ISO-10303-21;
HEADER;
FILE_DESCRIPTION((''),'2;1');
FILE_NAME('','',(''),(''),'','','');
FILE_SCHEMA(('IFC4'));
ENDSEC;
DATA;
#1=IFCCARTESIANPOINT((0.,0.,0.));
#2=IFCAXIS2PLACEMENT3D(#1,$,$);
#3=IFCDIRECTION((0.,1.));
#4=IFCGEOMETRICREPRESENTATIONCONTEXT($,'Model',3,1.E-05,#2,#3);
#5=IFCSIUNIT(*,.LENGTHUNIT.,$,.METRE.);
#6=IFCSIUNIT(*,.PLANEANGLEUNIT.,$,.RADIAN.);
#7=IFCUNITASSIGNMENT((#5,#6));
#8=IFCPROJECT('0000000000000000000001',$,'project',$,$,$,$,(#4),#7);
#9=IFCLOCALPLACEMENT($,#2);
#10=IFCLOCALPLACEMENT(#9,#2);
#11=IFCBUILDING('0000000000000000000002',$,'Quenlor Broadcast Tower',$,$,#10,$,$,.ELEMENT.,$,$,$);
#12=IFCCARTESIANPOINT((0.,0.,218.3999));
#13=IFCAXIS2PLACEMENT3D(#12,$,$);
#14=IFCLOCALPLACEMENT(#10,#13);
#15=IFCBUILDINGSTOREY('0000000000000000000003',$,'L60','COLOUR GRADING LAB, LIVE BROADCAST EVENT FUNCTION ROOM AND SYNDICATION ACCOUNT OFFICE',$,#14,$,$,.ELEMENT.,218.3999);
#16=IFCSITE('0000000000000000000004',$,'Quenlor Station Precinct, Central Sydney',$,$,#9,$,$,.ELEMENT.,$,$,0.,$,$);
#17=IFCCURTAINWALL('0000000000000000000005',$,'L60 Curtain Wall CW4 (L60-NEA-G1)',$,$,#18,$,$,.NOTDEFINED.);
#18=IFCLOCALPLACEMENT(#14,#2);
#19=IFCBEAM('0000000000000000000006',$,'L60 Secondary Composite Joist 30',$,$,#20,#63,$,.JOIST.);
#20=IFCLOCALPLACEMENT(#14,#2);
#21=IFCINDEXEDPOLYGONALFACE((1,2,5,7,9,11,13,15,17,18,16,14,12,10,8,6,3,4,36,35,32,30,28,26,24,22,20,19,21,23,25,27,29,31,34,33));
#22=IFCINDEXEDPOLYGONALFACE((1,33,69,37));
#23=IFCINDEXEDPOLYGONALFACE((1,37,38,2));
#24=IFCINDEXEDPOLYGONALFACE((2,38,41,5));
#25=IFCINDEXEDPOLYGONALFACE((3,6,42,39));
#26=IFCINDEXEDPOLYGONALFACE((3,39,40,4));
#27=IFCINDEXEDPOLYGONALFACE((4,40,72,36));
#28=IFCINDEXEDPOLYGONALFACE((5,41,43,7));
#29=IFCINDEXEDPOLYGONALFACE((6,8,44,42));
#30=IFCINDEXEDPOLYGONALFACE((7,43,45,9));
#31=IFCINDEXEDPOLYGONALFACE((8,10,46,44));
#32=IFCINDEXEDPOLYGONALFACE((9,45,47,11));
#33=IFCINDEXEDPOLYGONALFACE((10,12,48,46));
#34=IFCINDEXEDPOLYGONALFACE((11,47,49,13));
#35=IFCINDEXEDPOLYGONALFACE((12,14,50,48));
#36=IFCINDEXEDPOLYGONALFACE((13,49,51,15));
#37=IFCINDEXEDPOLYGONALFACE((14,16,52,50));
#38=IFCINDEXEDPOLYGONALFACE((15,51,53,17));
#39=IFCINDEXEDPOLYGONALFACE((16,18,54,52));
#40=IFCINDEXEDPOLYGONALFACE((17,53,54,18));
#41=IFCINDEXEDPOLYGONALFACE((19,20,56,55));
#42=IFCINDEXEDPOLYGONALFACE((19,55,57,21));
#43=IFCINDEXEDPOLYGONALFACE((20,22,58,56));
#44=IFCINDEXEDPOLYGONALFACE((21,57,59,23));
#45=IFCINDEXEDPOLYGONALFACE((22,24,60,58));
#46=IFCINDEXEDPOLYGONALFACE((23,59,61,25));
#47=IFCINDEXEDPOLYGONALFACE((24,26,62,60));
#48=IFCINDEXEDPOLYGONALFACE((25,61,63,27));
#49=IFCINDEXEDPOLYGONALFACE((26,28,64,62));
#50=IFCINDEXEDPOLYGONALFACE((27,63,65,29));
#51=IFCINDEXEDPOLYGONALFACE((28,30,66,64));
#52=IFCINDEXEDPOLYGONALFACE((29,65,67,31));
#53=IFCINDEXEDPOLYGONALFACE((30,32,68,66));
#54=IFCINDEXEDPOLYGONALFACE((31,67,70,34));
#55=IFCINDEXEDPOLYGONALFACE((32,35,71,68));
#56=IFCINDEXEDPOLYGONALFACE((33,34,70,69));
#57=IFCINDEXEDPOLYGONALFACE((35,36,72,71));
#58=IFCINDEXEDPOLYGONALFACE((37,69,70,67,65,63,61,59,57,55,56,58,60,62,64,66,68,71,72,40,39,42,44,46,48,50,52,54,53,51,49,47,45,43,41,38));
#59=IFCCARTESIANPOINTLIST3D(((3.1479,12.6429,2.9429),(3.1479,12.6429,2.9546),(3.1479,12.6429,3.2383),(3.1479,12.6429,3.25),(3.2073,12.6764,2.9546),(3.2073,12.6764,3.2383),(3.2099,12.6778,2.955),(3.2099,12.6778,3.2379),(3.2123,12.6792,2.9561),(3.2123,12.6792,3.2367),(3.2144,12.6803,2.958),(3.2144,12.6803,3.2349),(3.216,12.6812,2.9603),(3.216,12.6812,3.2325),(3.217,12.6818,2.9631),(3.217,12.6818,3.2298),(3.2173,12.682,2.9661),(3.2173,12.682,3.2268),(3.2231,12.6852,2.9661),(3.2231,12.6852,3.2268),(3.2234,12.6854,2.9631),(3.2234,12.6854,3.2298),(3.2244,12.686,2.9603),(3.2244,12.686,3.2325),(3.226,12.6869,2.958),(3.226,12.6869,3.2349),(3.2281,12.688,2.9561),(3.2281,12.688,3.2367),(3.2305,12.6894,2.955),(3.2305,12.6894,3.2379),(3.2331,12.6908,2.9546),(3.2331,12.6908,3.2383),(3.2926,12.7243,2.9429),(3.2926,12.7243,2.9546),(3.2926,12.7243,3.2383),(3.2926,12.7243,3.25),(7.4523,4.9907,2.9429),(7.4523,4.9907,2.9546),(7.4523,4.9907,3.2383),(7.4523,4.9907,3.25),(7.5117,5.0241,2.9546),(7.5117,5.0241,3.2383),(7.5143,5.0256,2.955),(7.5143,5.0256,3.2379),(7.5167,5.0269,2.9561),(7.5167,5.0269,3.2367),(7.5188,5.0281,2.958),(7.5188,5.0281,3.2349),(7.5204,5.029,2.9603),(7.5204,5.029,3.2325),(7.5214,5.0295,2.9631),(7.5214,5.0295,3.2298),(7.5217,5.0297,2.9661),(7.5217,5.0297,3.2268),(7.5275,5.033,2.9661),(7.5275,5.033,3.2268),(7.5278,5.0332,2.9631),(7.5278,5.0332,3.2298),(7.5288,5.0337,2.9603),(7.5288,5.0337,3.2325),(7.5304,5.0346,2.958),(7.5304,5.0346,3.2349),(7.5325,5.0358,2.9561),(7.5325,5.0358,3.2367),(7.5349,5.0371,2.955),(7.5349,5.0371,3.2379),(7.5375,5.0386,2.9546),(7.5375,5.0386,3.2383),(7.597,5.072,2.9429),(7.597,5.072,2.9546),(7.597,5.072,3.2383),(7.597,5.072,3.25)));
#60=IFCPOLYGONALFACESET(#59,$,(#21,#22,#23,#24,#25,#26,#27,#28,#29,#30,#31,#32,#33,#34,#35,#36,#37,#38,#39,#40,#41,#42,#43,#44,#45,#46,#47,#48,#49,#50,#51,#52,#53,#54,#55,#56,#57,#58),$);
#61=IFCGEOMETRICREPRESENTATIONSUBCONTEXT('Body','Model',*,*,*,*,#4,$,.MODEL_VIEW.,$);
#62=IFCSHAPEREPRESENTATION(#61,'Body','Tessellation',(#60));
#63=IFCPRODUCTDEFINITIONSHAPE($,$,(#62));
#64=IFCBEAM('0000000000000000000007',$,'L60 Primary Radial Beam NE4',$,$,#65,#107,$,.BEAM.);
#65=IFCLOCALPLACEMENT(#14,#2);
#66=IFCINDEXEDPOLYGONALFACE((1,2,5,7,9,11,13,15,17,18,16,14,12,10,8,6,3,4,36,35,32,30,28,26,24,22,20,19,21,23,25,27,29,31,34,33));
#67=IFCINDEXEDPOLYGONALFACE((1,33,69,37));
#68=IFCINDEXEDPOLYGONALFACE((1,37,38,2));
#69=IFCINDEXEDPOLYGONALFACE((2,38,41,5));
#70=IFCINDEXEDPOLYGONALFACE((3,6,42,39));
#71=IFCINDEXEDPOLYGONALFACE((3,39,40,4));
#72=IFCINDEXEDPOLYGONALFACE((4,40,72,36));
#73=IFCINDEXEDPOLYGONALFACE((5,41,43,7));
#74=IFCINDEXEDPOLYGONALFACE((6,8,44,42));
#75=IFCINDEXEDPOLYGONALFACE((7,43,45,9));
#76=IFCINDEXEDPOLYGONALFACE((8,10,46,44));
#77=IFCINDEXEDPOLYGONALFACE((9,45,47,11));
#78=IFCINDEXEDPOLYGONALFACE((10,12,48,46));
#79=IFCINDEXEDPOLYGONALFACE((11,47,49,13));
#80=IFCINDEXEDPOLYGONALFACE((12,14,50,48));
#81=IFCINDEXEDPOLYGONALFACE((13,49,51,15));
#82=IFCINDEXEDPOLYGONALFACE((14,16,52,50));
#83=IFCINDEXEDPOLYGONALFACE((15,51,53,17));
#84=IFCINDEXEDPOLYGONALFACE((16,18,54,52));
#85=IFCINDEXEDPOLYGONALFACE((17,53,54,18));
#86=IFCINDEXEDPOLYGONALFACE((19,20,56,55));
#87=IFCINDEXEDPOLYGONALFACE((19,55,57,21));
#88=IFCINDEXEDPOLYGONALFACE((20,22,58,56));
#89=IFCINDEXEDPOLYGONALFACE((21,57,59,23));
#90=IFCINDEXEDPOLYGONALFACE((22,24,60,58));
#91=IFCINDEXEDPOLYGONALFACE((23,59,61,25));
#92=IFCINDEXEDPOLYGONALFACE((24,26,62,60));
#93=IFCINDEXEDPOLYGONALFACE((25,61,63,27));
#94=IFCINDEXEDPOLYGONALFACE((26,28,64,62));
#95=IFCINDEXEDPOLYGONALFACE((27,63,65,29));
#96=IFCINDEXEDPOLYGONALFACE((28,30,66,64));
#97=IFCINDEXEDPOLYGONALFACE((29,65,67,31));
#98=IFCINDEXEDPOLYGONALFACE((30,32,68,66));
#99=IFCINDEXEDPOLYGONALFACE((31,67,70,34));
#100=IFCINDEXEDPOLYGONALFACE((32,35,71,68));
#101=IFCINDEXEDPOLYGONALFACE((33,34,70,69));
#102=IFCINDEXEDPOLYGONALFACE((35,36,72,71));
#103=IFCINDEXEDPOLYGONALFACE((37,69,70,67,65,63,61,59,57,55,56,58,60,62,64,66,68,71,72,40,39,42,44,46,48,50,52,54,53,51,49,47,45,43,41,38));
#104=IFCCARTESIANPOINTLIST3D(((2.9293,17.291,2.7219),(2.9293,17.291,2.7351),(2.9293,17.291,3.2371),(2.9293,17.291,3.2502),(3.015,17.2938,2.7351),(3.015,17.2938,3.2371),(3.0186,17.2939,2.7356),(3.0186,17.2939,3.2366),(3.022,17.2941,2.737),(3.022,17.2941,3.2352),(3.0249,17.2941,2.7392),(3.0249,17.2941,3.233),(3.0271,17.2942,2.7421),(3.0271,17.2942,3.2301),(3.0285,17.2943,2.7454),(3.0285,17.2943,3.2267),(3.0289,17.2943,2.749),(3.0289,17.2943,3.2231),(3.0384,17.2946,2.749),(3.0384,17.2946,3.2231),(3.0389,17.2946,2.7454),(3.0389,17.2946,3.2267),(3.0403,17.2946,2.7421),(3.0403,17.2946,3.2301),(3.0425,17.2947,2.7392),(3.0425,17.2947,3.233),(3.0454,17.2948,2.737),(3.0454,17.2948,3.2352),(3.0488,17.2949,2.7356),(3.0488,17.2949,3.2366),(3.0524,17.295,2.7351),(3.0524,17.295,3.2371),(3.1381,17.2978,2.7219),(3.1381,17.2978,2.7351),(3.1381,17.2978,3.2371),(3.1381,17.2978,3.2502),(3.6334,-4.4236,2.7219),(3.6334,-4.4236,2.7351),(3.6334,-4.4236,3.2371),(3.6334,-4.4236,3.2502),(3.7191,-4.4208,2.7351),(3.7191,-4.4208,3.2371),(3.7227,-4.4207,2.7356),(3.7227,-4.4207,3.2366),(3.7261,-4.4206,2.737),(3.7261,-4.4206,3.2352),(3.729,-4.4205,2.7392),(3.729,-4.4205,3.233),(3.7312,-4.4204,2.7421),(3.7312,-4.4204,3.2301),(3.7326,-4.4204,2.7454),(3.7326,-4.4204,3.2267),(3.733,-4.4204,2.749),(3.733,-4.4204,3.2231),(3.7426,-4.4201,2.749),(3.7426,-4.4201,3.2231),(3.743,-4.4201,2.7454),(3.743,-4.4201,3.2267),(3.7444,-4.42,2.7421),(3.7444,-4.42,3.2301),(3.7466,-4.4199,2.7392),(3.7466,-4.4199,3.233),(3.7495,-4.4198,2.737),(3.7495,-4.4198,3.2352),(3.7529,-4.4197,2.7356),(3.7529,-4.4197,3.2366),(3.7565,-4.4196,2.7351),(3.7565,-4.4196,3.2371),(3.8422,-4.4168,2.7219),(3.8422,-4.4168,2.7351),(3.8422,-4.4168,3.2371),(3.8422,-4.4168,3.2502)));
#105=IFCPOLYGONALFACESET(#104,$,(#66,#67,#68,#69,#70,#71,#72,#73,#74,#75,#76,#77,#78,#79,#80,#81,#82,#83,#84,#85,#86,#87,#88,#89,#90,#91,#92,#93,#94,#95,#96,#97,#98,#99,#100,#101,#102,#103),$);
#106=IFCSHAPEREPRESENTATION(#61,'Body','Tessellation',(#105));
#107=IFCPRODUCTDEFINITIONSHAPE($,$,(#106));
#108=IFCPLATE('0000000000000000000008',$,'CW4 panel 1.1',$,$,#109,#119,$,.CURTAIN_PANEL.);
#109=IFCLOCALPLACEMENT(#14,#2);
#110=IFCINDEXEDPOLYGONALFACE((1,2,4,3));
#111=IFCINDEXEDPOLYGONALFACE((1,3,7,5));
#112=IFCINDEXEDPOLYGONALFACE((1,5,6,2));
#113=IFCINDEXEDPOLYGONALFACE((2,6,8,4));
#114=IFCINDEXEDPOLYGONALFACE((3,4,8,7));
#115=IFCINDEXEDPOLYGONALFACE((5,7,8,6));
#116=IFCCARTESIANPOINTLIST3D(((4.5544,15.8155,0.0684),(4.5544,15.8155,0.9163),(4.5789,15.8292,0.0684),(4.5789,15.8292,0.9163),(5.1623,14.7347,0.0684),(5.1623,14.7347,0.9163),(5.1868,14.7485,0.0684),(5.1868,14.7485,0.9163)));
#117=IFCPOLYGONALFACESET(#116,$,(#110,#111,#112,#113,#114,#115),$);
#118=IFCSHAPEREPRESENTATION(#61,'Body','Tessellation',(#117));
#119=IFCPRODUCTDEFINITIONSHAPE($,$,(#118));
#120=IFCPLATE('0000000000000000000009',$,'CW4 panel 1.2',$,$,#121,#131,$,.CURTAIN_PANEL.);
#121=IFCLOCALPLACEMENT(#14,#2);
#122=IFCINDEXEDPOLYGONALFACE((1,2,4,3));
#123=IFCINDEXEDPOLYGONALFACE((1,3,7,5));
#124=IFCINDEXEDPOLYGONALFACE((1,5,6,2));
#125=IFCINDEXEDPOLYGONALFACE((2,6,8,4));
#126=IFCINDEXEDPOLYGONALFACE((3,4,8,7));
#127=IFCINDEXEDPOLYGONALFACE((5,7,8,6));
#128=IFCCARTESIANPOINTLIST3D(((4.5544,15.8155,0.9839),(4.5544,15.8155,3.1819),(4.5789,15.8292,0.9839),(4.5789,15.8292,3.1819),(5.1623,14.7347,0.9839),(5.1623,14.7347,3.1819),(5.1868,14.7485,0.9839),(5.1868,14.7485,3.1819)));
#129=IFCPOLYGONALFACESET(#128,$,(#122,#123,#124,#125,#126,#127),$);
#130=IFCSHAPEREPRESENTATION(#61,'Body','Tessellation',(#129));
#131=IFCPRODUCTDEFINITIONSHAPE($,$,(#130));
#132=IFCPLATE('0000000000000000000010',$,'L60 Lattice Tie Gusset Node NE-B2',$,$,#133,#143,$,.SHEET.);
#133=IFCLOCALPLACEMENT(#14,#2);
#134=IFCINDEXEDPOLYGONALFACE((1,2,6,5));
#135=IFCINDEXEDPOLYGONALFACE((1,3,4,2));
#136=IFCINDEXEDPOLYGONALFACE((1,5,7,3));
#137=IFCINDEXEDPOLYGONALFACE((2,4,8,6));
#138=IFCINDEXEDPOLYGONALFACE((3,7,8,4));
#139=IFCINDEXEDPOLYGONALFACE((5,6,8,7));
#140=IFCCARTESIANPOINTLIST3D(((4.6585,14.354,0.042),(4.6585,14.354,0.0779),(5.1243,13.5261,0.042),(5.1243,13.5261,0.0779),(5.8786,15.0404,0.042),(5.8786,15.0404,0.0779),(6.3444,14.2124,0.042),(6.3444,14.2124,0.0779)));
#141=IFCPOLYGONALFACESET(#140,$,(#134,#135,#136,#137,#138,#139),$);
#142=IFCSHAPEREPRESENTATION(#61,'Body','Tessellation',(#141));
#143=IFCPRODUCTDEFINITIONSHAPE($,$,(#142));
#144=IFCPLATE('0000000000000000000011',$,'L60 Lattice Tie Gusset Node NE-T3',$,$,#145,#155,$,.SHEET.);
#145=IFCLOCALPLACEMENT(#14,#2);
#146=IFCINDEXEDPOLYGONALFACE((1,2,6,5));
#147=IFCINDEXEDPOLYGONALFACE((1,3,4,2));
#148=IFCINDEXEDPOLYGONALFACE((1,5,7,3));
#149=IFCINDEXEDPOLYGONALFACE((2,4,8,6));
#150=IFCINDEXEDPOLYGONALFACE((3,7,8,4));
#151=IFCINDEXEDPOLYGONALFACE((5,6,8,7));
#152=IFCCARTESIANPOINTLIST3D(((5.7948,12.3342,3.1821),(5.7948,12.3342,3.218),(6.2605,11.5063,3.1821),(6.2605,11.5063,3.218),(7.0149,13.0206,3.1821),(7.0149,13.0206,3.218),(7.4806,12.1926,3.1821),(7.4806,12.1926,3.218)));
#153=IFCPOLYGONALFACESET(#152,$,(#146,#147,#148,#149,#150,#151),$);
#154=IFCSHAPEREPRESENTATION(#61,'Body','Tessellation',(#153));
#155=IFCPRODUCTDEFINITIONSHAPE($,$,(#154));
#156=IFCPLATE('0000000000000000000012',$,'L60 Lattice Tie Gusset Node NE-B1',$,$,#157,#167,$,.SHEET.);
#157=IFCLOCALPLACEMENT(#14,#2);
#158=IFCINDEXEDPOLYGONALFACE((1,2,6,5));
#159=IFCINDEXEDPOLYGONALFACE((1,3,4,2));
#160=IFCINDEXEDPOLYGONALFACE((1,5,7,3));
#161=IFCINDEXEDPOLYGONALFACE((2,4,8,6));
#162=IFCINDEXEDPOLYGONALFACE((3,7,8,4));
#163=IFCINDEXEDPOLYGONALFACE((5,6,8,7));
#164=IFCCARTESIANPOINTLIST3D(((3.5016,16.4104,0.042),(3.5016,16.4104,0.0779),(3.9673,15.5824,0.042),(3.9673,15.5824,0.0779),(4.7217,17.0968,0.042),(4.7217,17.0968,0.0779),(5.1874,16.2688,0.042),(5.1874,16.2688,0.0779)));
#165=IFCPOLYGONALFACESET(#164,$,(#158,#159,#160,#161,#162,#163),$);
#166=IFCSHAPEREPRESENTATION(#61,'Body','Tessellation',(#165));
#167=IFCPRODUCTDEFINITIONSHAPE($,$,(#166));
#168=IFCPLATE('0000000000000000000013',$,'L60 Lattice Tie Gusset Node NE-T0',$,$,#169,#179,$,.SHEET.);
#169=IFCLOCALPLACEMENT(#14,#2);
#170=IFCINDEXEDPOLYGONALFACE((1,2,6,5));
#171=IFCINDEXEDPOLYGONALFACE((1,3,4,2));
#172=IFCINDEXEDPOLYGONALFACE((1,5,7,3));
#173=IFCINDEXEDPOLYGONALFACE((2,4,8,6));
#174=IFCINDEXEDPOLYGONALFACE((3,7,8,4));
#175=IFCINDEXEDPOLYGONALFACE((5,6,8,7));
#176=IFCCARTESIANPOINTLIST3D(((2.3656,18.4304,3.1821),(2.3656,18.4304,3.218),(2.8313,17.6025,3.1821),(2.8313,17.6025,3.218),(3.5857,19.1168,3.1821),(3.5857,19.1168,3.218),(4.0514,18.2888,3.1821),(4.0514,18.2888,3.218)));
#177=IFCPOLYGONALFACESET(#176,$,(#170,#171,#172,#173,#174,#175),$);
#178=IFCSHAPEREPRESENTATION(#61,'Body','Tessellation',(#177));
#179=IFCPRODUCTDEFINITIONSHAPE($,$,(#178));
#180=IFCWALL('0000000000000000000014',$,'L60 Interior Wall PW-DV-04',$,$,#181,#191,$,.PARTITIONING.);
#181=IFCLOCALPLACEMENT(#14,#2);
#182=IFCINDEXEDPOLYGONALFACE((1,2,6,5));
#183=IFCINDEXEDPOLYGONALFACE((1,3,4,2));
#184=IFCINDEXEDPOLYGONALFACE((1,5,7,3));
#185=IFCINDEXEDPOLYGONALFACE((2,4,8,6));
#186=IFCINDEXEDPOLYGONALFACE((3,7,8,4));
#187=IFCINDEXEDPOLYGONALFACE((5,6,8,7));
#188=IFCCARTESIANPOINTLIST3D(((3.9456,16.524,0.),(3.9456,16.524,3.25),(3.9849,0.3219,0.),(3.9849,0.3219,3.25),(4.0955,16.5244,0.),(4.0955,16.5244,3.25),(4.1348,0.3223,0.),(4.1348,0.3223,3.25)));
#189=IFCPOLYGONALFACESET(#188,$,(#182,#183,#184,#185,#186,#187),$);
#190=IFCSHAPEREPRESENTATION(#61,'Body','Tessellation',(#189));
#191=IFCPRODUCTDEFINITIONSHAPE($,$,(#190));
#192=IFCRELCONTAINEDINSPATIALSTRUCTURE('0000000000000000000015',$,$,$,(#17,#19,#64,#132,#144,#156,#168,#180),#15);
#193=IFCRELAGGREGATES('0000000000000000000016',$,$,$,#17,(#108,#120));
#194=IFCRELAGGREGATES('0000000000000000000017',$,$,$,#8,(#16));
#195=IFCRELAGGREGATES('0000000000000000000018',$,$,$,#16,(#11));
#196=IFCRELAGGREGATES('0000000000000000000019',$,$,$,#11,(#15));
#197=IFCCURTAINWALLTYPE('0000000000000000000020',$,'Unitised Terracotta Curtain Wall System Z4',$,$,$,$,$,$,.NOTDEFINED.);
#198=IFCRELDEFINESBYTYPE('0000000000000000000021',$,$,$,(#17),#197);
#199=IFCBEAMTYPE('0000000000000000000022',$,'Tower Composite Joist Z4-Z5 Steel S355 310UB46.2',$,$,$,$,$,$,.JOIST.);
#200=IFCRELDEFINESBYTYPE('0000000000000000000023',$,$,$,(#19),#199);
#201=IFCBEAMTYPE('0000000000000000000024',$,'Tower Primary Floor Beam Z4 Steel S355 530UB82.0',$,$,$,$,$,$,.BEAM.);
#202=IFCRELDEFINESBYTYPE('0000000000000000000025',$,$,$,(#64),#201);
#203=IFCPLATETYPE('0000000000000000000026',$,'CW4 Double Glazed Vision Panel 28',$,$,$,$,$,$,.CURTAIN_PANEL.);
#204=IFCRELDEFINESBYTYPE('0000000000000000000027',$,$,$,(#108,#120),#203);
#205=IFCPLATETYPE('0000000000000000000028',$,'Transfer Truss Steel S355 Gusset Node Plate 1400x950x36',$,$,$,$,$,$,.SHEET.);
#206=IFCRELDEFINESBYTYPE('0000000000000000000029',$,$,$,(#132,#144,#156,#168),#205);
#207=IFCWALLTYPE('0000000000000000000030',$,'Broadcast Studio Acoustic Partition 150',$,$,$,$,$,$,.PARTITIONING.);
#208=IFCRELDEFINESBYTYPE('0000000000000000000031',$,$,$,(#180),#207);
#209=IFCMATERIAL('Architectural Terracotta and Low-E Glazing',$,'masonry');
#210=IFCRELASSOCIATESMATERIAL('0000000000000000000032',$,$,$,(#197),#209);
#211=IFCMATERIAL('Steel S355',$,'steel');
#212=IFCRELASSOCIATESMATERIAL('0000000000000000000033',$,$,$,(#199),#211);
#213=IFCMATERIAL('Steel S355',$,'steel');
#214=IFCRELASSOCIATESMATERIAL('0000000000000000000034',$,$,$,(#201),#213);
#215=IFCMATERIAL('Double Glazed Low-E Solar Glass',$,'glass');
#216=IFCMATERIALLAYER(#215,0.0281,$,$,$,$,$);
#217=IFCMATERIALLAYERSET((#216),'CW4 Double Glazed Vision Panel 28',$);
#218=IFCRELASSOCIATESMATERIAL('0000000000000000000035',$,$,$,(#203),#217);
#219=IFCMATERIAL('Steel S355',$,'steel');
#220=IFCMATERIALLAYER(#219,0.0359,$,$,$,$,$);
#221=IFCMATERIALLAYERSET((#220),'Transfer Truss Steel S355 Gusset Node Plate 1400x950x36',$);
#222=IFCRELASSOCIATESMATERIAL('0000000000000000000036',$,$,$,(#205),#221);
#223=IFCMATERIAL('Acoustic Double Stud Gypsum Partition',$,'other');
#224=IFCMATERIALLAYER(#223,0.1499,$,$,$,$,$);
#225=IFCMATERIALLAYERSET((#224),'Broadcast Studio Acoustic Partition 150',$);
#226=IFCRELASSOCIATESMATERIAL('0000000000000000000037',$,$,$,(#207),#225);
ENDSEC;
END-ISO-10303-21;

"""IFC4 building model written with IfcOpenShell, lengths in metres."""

from ifc_helpers import new_model, si_unit, direction, frame, frame_2d, origin, origin_2d, place, context, subcontext, project, spatial, rectangle, i_section, extrude, material, layer, layer_set, material_profile, profile_set, type_object, element, aggregate, save


model = new_model("IFC4")

# Units and contexts
model_context = context("Model", 3, precision=1e-05, world=origin(), true_north=direction((0.0, 1.0)))
body_context = subcontext(model_context, "Body", "Model", "MODEL_VIEW")
ifc_project = project(units=[si_unit("LENGTHUNIT", "METRE"), si_unit("PLANEANGLEUNIT", "RADIAN")], contexts=[model_context])

# Site, building, storey
site_placement = place(None, origin())
site = spatial("IfcSite", under=ifc_project, at=site_placement, Name="Quenlor Station Precinct, Central Sydney", CompositionType="ELEMENT", RefElevation=0.0)
building_placement = place(site_placement, origin())
building = spatial("IfcBuilding", under=site, at=building_placement, Name="Quenlor Broadcast Tower", CompositionType="ELEMENT")
storey_placement = place(building_placement, frame((0.0, 0.0, 218.3999)))
storey = spatial("IfcBuildingStorey", under=building, at=storey_placement, Name="L60", Description="COLOUR GRADING LAB, LIVE BROADCAST EVENT FUNCTION ROOM AND SYNDICATION ACCOUNT OFFICE", CompositionType="ELEMENT", Elevation=218.3999)

# Curtain wall
ifc_material_1 = material(Name="Architectural Terracotta and Low-E Glazing", Category="masonry")
curtain_wall_type = type_object("IfcCurtainWallType", Name="Unitised Terracotta Curtain Wall System Z4", PredefinedType="NOTDEFINED", material=ifc_material_1)
curtain_wall_placement = place(storey_placement, origin())
curtain_wall = element("IfcCurtainWall", 1, at=curtain_wall_placement, inside=storey, type_object=curtain_wall_type, Name="L60 Curtain Wall CW4 (L60-NEA-G1)", PredefinedType="NOTDEFINED")

# Beams
ifc_material_2 = material(Name="Steel S355", Category="steel")
ifc_material_profile_1 = material_profile(ifc_material_2, i_section(OverallWidth=0.166, OverallDepth=0.3071, WebThickness=0.0066, FlangeThickness=0.0117, FilletRadius=0.0115, at=origin_2d()))
ifc_profile_set_1 = profile_set([ifc_material_profile_1], Name="Steel S355 310UB46.2")
beam_type_1 = type_object("IfcBeamType", Name="Tower Composite Joist Z4-Z5 Steel S355 310UB46.2", PredefinedType="JOIST", material=ifc_profile_set_1)
beam_1_placement = place(storey_placement, frame((3.2202, 12.6836, 3.0964), z_axis=(0.490261, -0.871576, 0.0), x_axis=(0.871576, 0.490261, 0.0)))
element("IfcBeam", 2, at=beam_1_placement, inside=storey, type_object=beam_type_1, Name="L60 Secondary Composite Joist 30", PredefinedType="JOIST", context=body_context, shape_type="SweptSolid", body=[
    extrude(i_section(OverallWidth=0.166, OverallDepth=0.3071, WebThickness=0.0066, FlangeThickness=0.0117, FilletRadius=0.0115, at=origin_2d()), origin(), (0.0, 0.0, 1.0), 8.7798),
])
ifc_material_3 = material(Name="Steel S355", Category="steel")
ifc_material_profile_2 = material_profile(ifc_material_3, i_section(OverallWidth=0.209, OverallDepth=0.5283, WebThickness=0.0095, FlangeThickness=0.0132, FilletRadius=0.0139, at=origin_2d()))
ifc_profile_set_2 = profile_set([ifc_material_profile_2], Name="Steel S355 530UB82.0")
beam_type_2 = type_object("IfcBeamType", Name="Tower Primary Floor Beam Z4 Steel S355 530UB82.0", PredefinedType="BEAM", material=ifc_profile_set_2)
beam_2_placement = place(storey_placement, frame((3.0337, 17.2944, 2.9861), z_axis=(0.032408, -0.999475, 0.0), x_axis=(0.999475, 0.032408, 0.0)))
element("IfcBeam", 3, at=beam_2_placement, inside=storey, type_object=beam_type_2, Name="L60 Primary Radial Beam NE4", PredefinedType="BEAM", context=body_context, shape_type="SweptSolid", body=[
    extrude(i_section(OverallWidth=0.209, OverallDepth=0.5283, WebThickness=0.0095, FlangeThickness=0.0132, FilletRadius=0.0139, at=origin_2d()), origin(), (0.0, 0.0, 1.0), 21.7261),
])

# Plates
ifc_material_4 = material(Name="Double Glazed Low-E Solar Glass", Category="glass")
ifc_layer_1 = layer(ifc_material_4, 0.0281)
ifc_layer_set_1 = layer_set([ifc_layer_1], Name="CW4 Double Glazed Vision Panel 28")
plate_type_1 = type_object("IfcPlateType", Name="CW4 Double Glazed Vision Panel 28", PredefinedType="CURTAIN_PANEL", material=ifc_layer_set_1)
plate_1_placement = place(storey_placement, frame((4.8706, 15.282, 0.0684), z_axis=(0.0, 0.0, 1.0), x_axis=(0.490289, -0.87156, 0.0)))
plate_1 = element("IfcPlate", 4, at=plate_1_placement, type_object=plate_type_1, Name="CW4 panel 1.1", PredefinedType="CURTAIN_PANEL", context=body_context, shape_type="SweptSolid", body=[
    extrude(rectangle(XDim=1.24, YDim=0.0281, at=origin_2d()), origin(), (0.0, 0.0, 1.0), 0.8479),
])
plate_2_placement = place(storey_placement, frame((4.8706, 15.282, 0.9839), z_axis=(0.0, 0.0, 1.0), x_axis=(0.490289, -0.87156, 0.0)))
plate_2 = element("IfcPlate", 5, at=plate_2_placement, type_object=plate_type_1, Name="CW4 panel 1.2", PredefinedType="CURTAIN_PANEL", context=body_context, shape_type="SweptSolid", body=[
    extrude(rectangle(XDim=1.24, YDim=0.0281, at=origin_2d()), origin(), (0.0, 0.0, 1.0), 2.198),
])
aggregate(curtain_wall, [plate_1, plate_2])

# Plates
ifc_material_5 = material(Name="Steel S355", Category="steel")
ifc_layer_2 = layer(ifc_material_5, 0.0359)
ifc_layer_set_2 = layer_set([ifc_layer_2], Name="Transfer Truss Steel S355 Gusset Node Plate 1400x950x36")
plate_type_2 = type_object("IfcPlateType", Name="Transfer Truss Steel S355 Gusset Node Plate 1400x950x36", PredefinedType="SHEET", material=ifc_layer_set_2)
for number, where, z_axis, x_axis, name in (
    (6, (5.5015, 14.2832, 0.042), (0.0, 0.0, 1.0), (0.871556, 0.490295, 0.0), "L60 Lattice Tie Gusset Node NE-B2"),
    (7, (6.6377, 12.2634, 3.1821), (0.0, 0.0, 1.0), (0.871556, 0.490295, 0.0), "L60 Lattice Tie Gusset Node NE-T3"),
    (8, (4.3445, 16.3396, 0.042), (0.0, 0.0, 1.0), (0.871556, 0.490295, 0.0), "L60 Lattice Tie Gusset Node NE-B1"),
    (9, (3.2085, 18.3596, 3.1821), (0.0, 0.0, 1.0), (0.871556, 0.490295, 0.0), "L60 Lattice Tie Gusset Node NE-T0"),
):
    element("IfcPlate", number, at=place(storey_placement, frame(where, z_axis=z_axis, x_axis=x_axis)), inside=storey, type_object=plate_type_2, Name=name, PredefinedType="SHEET", context=body_context, shape_type="SweptSolid", body=[
        extrude(rectangle(XDim=1.3999, YDim=0.95, at=origin_2d()), origin(), (0.0, 0.0, 1.0), 0.0359),
    ])

# Wall
ifc_material_6 = material(Name="Acoustic Double Stud Gypsum Partition", Category="other")
ifc_layer_3 = layer(ifc_material_6, 0.1499)
ifc_layer_set_3 = layer_set([ifc_layer_3], Name="Broadcast Studio Acoustic Partition 150")
wall_type_1 = type_object("IfcWallType", Name="Broadcast Studio Acoustic Partition 150", PredefinedType="PARTITIONING", material=ifc_layer_set_3)
wall_1_placement = place(storey_placement, frame((4.0205, 16.5242, 0.0), z_axis=(0.0, 0.0, 1.0), x_axis=(0.002426, -0.999997, 0.0)))
element("IfcWall", 10, at=wall_1_placement, inside=storey, type_object=wall_type_1, Name="L60 Interior Wall PW-DV-04", PredefinedType="PARTITIONING", context=body_context, shape_type="SweptSolid", body=[
    extrude(rectangle(XDim=16.2021, YDim=0.1499, at=frame_2d((8.1011, 0.0))), origin(), (0.0, 0.0, 1.0), 3.25),
])

save(model, "model.ifc")
